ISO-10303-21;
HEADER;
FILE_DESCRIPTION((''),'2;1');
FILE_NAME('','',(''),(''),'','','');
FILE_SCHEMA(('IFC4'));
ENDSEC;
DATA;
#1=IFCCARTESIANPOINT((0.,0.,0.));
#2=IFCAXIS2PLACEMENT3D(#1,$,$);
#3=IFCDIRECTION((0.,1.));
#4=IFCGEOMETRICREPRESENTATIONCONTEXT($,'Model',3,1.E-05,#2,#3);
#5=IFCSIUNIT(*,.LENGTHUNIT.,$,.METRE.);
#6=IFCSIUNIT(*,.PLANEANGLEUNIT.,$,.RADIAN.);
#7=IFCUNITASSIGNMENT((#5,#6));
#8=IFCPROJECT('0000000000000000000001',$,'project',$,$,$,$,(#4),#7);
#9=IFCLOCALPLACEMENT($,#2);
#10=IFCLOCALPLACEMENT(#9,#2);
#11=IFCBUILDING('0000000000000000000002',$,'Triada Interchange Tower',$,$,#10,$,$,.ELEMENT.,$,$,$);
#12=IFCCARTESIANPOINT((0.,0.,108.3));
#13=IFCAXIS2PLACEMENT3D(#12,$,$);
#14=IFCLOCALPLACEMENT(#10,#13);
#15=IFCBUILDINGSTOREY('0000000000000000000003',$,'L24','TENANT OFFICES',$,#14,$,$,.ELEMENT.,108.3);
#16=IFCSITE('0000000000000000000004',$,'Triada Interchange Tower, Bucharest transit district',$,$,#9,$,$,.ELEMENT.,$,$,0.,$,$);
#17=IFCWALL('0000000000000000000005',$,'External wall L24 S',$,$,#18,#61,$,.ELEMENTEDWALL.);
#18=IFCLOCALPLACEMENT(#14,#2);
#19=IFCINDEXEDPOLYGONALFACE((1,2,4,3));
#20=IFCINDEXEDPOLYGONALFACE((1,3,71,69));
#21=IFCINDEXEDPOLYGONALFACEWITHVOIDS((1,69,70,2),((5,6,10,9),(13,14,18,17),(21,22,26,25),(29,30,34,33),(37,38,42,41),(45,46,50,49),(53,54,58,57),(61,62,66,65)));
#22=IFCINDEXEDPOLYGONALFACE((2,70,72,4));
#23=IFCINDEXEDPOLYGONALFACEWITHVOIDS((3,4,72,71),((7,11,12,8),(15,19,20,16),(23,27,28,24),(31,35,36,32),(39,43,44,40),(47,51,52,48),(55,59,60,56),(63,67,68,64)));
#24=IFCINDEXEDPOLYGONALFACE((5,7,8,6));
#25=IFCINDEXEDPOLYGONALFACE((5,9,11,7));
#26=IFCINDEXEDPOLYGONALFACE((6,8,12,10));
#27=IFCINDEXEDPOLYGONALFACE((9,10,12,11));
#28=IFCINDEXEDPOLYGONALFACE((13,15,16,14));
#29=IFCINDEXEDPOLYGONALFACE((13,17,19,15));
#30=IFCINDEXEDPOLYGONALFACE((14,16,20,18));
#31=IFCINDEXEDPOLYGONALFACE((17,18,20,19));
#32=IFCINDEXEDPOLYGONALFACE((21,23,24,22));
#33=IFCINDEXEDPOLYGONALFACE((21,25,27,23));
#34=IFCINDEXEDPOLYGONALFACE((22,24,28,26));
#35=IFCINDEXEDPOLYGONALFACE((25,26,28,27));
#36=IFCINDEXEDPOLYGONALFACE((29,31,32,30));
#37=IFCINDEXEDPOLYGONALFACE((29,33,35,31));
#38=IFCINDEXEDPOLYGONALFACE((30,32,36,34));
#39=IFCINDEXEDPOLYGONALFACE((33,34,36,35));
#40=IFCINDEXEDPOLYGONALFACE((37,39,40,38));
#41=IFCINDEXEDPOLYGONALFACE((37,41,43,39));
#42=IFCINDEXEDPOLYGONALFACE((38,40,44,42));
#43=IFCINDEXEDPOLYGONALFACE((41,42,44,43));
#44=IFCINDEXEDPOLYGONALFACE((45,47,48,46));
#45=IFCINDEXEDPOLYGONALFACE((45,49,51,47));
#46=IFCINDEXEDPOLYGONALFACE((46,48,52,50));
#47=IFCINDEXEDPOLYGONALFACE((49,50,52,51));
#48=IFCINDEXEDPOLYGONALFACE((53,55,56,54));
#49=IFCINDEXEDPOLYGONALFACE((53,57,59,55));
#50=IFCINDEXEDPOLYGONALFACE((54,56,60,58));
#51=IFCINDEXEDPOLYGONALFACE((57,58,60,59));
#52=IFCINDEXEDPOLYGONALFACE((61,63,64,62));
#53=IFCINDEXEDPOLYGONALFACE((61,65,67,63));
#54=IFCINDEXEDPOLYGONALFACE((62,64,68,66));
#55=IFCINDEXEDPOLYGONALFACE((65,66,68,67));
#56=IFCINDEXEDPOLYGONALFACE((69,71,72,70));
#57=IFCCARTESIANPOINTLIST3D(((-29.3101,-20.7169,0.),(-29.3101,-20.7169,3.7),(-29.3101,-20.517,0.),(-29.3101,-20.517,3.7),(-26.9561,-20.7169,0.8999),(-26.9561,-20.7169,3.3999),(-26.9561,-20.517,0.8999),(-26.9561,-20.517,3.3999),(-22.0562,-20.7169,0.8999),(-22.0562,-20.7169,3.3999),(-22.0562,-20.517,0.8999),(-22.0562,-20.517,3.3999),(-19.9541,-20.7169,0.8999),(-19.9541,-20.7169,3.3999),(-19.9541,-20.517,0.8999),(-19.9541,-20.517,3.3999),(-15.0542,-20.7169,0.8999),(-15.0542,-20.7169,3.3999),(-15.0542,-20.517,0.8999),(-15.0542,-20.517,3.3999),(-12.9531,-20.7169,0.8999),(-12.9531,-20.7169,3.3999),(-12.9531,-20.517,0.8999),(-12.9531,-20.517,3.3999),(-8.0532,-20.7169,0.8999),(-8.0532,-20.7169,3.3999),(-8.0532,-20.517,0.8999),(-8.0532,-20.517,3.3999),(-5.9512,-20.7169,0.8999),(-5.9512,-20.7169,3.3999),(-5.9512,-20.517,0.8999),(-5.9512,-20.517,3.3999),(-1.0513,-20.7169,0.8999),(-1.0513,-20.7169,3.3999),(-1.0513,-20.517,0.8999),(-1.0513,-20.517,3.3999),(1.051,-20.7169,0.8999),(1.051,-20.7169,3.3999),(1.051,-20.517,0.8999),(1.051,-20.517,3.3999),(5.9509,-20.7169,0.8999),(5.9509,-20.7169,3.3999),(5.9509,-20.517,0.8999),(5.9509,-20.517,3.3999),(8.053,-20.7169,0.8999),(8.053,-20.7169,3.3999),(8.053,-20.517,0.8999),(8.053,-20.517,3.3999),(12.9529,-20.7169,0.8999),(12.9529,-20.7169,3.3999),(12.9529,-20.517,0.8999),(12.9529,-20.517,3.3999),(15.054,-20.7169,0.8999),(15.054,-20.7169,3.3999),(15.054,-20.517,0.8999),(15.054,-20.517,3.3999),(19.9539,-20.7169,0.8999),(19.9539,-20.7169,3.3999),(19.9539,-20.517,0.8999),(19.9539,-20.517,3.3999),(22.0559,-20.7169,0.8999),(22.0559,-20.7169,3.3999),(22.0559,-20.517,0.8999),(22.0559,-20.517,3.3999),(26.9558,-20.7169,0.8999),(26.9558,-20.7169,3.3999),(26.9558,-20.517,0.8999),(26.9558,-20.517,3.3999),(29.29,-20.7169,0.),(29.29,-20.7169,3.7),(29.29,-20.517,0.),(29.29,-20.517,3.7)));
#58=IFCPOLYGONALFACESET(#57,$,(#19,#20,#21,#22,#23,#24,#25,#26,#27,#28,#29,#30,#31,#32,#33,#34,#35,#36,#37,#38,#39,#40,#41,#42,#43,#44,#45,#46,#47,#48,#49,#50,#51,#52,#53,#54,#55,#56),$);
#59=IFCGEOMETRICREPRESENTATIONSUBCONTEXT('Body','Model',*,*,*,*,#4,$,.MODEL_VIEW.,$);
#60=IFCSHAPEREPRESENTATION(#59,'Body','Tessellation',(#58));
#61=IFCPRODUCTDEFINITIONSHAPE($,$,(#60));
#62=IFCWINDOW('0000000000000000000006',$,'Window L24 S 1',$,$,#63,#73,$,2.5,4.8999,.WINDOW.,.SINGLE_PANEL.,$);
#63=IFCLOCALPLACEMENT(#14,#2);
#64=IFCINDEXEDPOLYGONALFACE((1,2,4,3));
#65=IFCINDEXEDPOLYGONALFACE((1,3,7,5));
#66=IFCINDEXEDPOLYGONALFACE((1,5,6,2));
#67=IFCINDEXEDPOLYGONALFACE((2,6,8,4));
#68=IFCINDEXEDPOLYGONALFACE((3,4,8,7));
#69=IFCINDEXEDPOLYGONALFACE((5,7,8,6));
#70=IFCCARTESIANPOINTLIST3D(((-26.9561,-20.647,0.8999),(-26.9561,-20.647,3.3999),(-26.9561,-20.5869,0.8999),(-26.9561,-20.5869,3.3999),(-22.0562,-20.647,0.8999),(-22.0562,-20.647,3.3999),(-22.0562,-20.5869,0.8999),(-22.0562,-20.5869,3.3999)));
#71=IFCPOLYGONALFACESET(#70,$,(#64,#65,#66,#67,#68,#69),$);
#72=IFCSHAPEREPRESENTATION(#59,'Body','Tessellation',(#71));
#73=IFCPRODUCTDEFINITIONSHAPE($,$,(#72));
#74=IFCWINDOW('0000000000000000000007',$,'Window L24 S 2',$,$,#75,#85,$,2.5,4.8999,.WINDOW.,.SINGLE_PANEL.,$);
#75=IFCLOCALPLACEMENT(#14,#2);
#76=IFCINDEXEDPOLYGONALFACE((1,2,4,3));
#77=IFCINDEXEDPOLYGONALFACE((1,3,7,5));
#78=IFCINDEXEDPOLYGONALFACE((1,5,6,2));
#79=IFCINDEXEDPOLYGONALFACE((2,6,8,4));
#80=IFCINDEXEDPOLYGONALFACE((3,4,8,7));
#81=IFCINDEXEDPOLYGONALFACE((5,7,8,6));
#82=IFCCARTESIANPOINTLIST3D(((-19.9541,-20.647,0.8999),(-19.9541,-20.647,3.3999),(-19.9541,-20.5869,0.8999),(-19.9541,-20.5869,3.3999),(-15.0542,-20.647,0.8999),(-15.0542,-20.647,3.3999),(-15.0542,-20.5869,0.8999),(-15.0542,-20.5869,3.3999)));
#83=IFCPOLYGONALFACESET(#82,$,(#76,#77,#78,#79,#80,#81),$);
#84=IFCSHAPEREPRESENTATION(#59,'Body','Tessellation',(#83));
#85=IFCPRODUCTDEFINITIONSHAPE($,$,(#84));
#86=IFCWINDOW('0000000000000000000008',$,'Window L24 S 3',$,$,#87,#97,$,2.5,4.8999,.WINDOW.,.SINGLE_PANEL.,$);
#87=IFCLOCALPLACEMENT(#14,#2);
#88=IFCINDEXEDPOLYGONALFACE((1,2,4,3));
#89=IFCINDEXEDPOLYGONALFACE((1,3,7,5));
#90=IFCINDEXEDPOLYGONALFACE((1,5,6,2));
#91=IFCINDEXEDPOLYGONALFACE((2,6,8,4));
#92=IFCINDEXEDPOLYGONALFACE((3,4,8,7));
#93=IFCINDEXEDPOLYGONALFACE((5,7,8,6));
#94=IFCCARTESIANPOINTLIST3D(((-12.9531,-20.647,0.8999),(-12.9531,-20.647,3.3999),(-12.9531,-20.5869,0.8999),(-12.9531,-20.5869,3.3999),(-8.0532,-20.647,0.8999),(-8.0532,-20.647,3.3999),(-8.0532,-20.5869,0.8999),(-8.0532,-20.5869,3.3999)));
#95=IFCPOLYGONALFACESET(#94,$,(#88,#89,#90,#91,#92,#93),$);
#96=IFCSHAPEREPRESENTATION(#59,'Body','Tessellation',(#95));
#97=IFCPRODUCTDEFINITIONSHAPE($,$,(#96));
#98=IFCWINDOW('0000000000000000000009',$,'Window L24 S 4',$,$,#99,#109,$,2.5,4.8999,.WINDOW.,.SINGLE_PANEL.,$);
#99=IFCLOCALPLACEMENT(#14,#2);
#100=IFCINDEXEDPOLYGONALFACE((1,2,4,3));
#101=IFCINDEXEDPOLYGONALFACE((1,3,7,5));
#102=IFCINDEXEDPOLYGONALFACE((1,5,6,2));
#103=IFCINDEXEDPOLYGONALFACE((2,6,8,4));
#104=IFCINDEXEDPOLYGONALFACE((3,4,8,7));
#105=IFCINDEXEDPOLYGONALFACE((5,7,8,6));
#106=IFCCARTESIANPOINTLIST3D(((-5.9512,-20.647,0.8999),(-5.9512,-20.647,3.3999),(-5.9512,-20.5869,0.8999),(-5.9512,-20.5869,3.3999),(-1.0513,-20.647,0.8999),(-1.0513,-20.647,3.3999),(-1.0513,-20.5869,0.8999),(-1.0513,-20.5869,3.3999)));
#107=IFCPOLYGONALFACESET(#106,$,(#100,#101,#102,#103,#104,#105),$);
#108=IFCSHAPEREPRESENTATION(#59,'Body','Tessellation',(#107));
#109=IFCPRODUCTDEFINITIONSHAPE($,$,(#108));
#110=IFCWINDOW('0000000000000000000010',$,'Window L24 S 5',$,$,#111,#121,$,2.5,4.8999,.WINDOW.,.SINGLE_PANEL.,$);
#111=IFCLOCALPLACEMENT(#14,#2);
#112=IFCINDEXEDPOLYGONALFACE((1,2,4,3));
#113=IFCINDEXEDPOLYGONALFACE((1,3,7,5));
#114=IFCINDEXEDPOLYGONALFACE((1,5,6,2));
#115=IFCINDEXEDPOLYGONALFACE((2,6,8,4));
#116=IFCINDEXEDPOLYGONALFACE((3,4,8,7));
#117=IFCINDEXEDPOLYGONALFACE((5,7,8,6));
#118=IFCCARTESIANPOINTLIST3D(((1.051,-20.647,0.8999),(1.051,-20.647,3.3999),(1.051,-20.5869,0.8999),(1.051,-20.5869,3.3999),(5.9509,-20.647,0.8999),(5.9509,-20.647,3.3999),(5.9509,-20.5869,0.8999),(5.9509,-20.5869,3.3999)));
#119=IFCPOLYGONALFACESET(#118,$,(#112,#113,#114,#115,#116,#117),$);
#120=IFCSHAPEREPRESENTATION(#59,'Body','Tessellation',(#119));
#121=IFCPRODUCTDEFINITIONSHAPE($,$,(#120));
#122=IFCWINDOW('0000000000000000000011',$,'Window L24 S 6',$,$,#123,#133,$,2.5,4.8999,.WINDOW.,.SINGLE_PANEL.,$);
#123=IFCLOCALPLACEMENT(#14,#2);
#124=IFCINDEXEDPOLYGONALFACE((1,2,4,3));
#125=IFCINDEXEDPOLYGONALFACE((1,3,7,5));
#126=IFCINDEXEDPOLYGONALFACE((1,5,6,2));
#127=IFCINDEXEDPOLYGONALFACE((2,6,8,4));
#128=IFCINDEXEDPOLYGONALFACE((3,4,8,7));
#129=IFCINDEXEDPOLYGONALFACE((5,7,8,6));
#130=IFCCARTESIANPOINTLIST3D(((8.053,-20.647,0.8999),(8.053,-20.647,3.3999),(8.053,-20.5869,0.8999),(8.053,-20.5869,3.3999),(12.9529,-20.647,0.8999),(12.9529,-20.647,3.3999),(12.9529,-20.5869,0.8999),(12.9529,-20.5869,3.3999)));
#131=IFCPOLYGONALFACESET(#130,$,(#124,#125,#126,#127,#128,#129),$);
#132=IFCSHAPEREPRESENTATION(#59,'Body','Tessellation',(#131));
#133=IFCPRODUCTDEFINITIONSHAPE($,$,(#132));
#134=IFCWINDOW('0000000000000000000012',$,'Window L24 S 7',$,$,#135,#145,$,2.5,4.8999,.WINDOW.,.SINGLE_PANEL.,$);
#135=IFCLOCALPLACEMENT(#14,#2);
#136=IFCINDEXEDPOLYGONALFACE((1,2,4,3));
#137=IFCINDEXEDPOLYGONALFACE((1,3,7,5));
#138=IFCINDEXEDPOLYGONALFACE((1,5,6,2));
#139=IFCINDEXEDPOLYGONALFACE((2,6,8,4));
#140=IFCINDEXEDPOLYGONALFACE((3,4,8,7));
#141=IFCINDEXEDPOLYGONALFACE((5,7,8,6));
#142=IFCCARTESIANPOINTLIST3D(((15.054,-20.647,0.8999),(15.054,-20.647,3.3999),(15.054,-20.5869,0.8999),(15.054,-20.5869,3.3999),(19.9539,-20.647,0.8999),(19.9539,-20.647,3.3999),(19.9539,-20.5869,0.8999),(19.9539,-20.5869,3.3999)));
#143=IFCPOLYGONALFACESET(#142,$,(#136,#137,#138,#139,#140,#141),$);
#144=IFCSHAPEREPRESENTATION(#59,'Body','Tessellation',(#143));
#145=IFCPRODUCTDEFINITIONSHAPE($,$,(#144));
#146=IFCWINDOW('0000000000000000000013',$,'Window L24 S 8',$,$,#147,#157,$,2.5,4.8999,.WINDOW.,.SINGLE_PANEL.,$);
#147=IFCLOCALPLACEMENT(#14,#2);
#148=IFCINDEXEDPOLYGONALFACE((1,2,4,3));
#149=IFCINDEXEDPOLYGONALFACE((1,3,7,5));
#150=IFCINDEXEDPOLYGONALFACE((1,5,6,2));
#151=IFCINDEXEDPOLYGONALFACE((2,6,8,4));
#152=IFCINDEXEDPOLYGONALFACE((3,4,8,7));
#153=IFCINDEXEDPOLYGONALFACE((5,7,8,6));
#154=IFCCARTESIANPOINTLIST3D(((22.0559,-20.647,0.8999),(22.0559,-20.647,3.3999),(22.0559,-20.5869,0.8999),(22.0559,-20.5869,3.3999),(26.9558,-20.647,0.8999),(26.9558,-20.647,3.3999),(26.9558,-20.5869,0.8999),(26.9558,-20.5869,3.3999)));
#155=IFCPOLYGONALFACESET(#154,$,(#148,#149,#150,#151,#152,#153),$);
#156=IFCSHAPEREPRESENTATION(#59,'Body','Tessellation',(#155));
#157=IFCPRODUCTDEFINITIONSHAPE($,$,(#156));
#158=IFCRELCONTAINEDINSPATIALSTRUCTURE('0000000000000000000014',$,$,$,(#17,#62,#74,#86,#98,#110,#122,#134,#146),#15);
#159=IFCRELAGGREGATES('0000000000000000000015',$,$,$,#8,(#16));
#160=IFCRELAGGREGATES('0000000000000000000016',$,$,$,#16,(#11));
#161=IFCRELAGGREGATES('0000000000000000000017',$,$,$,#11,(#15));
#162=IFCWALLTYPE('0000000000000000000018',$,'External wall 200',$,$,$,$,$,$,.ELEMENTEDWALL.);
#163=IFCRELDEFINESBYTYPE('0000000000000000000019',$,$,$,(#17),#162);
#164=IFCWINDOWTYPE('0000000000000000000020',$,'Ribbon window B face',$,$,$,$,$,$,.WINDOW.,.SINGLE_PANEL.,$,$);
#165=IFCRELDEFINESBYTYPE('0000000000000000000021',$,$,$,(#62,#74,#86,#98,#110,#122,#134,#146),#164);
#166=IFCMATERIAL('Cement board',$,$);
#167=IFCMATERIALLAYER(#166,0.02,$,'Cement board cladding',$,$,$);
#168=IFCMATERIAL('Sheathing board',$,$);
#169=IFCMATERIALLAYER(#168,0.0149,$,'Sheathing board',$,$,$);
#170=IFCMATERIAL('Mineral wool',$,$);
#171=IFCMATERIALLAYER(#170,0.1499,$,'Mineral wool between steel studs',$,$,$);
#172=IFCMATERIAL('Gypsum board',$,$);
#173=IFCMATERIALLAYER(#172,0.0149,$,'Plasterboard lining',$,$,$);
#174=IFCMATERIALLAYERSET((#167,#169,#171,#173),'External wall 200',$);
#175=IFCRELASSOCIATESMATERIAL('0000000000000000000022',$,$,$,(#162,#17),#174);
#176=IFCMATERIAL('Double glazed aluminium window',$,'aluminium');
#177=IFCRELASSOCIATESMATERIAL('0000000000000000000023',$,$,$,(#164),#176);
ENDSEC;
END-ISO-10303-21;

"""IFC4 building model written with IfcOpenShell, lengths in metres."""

from ifc_helpers import new_model, si_unit, direction, frame, frame_2d, origin, place, context, subcontext, project, spatial, rectangle, extrude, material, layer, layer_set, layer_usage, type_object, element, fill, save


model = new_model("IFC4")

# Units and contexts
model_context = context("Model", 3, precision=1e-05, world=origin(), true_north=direction((0.0, 1.0)))
body_context = subcontext(model_context, "Body", "Model", "MODEL_VIEW")
ifc_project = project(units=[si_unit("LENGTHUNIT", "METRE"), si_unit("PLANEANGLEUNIT", "RADIAN")], contexts=[model_context])

# Site, building, storey
site_placement = place(None, origin())
site = spatial("IfcSite", under=ifc_project, at=site_placement, Name="Triada Interchange Tower, Bucharest transit district", CompositionType="ELEMENT", RefElevation=0.0)
building_placement = place(site_placement, origin())
building = spatial("IfcBuilding", under=site, at=building_placement, Name="Triada Interchange Tower", CompositionType="ELEMENT")
storey_placement = place(building_placement, frame((0.0, 0.0, 108.3)))
storey = spatial("IfcBuildingStorey", under=building, at=storey_placement, Name="L24", Description="TENANT OFFICES", CompositionType="ELEMENT", Elevation=108.3)

# Wall, openings, windows
ifc_material_1 = material(Name="Cement board")
ifc_layer_1 = layer(ifc_material_1, 0.02, Name="Cement board cladding")
ifc_material_2 = material(Name="Sheathing board")
ifc_layer_2 = layer(ifc_material_2, 0.0149, Name="Sheathing board")
ifc_material_3 = material(Name="Mineral wool")
ifc_layer_3 = layer(ifc_material_3, 0.1499, Name="Mineral wool between steel studs")
ifc_material_4 = material(Name="Gypsum board")
ifc_layer_4 = layer(ifc_material_4, 0.0149, Name="Plasterboard lining")
ifc_layer_set_1 = layer_set([ifc_layer_1, ifc_layer_2, ifc_layer_3, ifc_layer_4], Name="External wall 200")
ifc_layer_usage = layer_usage(ifc_layer_set_1, "AXIS2", "POSITIVE", -0.1001)
wall_type_1 = type_object("IfcWallType", Name="External wall 200", PredefinedType="ELEMENTEDWALL", material=ifc_layer_set_1)
wall_1_placement = place(storey_placement, frame((-29.3101, -20.6169, 0.0), z_axis=(0.0, 0.0, 1.0), x_axis=(1.0, 0.0, 0.0)))
wall_1 = element("IfcWall", 1, at=wall_1_placement, inside=storey, type_object=wall_type_1, material=ifc_layer_usage, Name="External wall L24 S", PredefinedType="ELEMENTEDWALL", context=body_context, shape_type="SweptSolid", body=[
    extrude(rectangle(XDim=58.6001, YDim=0.2, at=frame_2d((29.3, 0.0))), origin(), (0.0, 0.0, 1.0), 3.7),
])
opening_1_placement = place(wall_1_placement, frame((2.354, 0.0, 0.8999)))
opening_1 = element("IfcOpeningElement", 2, at=opening_1_placement, cuts=wall_1, PredefinedType="OPENING", context=body_context, shape_type="SweptSolid", body=[
    extrude(rectangle(XDim=4.8999, YDim=2.5, at=frame_2d((2.45, 1.25))), frame((0.0, 0.1099, 0.0), z_axis=(0.0, -1.0, 0.0), x_axis=(1.0, 0.0, 0.0)), (0.0, 0.0, 1.0), 0.22),
])
opening_2_placement = place(wall_1_placement, frame((9.356, 0.0, 0.8999)))
opening_2 = element("IfcOpeningElement", 3, at=opening_2_placement, cuts=wall_1, PredefinedType="OPENING", context=body_context, shape_type="SweptSolid", body=[
    extrude(rectangle(XDim=4.8999, YDim=2.5, at=frame_2d((2.45, 1.25))), frame((0.0, 0.1099, 0.0), z_axis=(0.0, -1.0, 0.0), x_axis=(1.0, 0.0, 0.0)), (0.0, 0.0, 1.0), 0.22),
])
opening_3_placement = place(wall_1_placement, frame((16.3569, 0.0, 0.8999)))
opening_3 = element("IfcOpeningElement", 4, at=opening_3_placement, cuts=wall_1, PredefinedType="OPENING", context=body_context, shape_type="SweptSolid", body=[
    extrude(rectangle(XDim=4.8999, YDim=2.5, at=frame_2d((2.45, 1.25))), frame((0.0, 0.1099, 0.0), z_axis=(0.0, -1.0, 0.0), x_axis=(1.0, 0.0, 0.0)), (0.0, 0.0, 1.0), 0.22),
])
opening_4_placement = place(wall_1_placement, frame((23.3589, 0.0, 0.8999)))
opening_4 = element("IfcOpeningElement", 5, at=opening_4_placement, cuts=wall_1, PredefinedType="OPENING", context=body_context, shape_type="SweptSolid", body=[
    extrude(rectangle(XDim=4.8999, YDim=2.5, at=frame_2d((2.45, 1.25))), frame((0.0, 0.1099, 0.0), z_axis=(0.0, -1.0, 0.0), x_axis=(1.0, 0.0, 0.0)), (0.0, 0.0, 1.0), 0.22),
])
opening_5_placement = place(wall_1_placement, frame((30.3611, 0.0, 0.8999)))
opening_5 = element("IfcOpeningElement", 6, at=opening_5_placement, cuts=wall_1, PredefinedType="OPENING", context=body_context, shape_type="SweptSolid", body=[
    extrude(rectangle(XDim=4.8999, YDim=2.5, at=frame_2d((2.45, 1.25))), frame((0.0, 0.1099, 0.0), z_axis=(0.0, -1.0, 0.0), x_axis=(1.0, 0.0, 0.0)), (0.0, 0.0, 1.0), 0.22),
])
opening_6_placement = place(wall_1_placement, frame((37.363, 0.0, 0.8999)))
opening_6 = element("IfcOpeningElement", 7, at=opening_6_placement, cuts=wall_1, PredefinedType="OPENING", context=body_context, shape_type="SweptSolid", body=[
    extrude(rectangle(XDim=4.8999, YDim=2.5, at=frame_2d((2.45, 1.25))), frame((0.0, 0.1099, 0.0), z_axis=(0.0, -1.0, 0.0), x_axis=(1.0, 0.0, 0.0)), (0.0, 0.0, 1.0), 0.22),
])
opening_7_placement = place(wall_1_placement, frame((44.364, 0.0, 0.8999)))
opening_7 = element("IfcOpeningElement", 8, at=opening_7_placement, cuts=wall_1, PredefinedType="OPENING", context=body_context, shape_type="SweptSolid", body=[
    extrude(rectangle(XDim=4.8999, YDim=2.5, at=frame_2d((2.45, 1.25))), frame((0.0, 0.1099, 0.0), z_axis=(0.0, -1.0, 0.0), x_axis=(1.0, 0.0, 0.0)), (0.0, 0.0, 1.0), 0.22),
])
opening_8_placement = place(wall_1_placement, frame((51.366, 0.0, 0.8999)))
opening_8 = element("IfcOpeningElement", 9, at=opening_8_placement, cuts=wall_1, PredefinedType="OPENING", context=body_context, shape_type="SweptSolid", body=[
    extrude(rectangle(XDim=4.8999, YDim=2.5, at=frame_2d((2.45, 1.25))), frame((0.0, 0.1099, 0.0), z_axis=(0.0, -1.0, 0.0), x_axis=(1.0, 0.0, 0.0)), (0.0, 0.0, 1.0), 0.22),
])
ifc_material_5 = material(Name="Double glazed aluminium window", Category="aluminium")
window_type = type_object("IfcWindowType", Name="Ribbon window B face", PartitioningType="SINGLE_PANEL", PredefinedType="WINDOW", material=ifc_material_5)
window_1_placement = place(opening_1_placement, origin())
window_1 = element("IfcWindow", 10, at=window_1_placement, inside=storey, type_object=window_type, Name="Window L24 S 1", OverallHeight=2.5, OverallWidth=4.8999, PartitioningType="SINGLE_PANEL", PredefinedType="WINDOW", context=body_context, shape_type="SweptSolid", body=[
    extrude(rectangle(XDim=4.8999, YDim=2.5, at=frame_2d((2.45, 1.25))), frame((0.0, 0.03, 0.0), z_axis=(0.0, -1.0, 0.0), x_axis=(1.0, 0.0, 0.0)), (0.0, 0.0, 1.0), 0.0601),
])
fill(opening_1, window_1)
window_2_placement = place(opening_2_placement, origin())
window_2 = element("IfcWindow", 11, at=window_2_placement, inside=storey, type_object=window_type, Name="Window L24 S 2", OverallHeight=2.5, OverallWidth=4.8999, PartitioningType="SINGLE_PANEL", PredefinedType="WINDOW", context=body_context, shape_type="SweptSolid", body=[
    extrude(rectangle(XDim=4.8999, YDim=2.5, at=frame_2d((2.45, 1.25))), frame((0.0, 0.03, 0.0), z_axis=(0.0, -1.0, 0.0), x_axis=(1.0, 0.0, 0.0)), (0.0, 0.0, 1.0), 0.0601),
])
fill(opening_2, window_2)
window_3_placement = place(opening_3_placement, origin())
window_3 = element("IfcWindow", 12, at=window_3_placement, inside=storey, type_object=window_type, Name="Window L24 S 3", OverallHeight=2.5, OverallWidth=4.8999, PartitioningType="SINGLE_PANEL", PredefinedType="WINDOW", context=body_context, shape_type="SweptSolid", body=[
    extrude(rectangle(XDim=4.8999, YDim=2.5, at=frame_2d((2.45, 1.25))), frame((0.0, 0.03, 0.0), z_axis=(0.0, -1.0, 0.0), x_axis=(1.0, 0.0, 0.0)), (0.0, 0.0, 1.0), 0.0601),
])
fill(opening_3, window_3)
window_4_placement = place(opening_4_placement, origin())
window_4 = element("IfcWindow", 13, at=window_4_placement, inside=storey, type_object=window_type, Name="Window L24 S 4", OverallHeight=2.5, OverallWidth=4.8999, PartitioningType="SINGLE_PANEL", PredefinedType="WINDOW", context=body_context, shape_type="SweptSolid", body=[
    extrude(rectangle(XDim=4.8999, YDim=2.5, at=frame_2d((2.45, 1.25))), frame((0.0, 0.03, 0.0), z_axis=(0.0, -1.0, 0.0), x_axis=(1.0, 0.0, 0.0)), (0.0, 0.0, 1.0), 0.0601),
])
fill(opening_4, window_4)
window_5_placement = place(opening_5_placement, origin())
window_5 = element("IfcWindow", 14, at=window_5_placement, inside=storey, type_object=window_type, Name="Window L24 S 5", OverallHeight=2.5, OverallWidth=4.8999, PartitioningType="SINGLE_PANEL", PredefinedType="WINDOW", context=body_context, shape_type="SweptSolid", body=[
    extrude(rectangle(XDim=4.8999, YDim=2.5, at=frame_2d((2.45, 1.25))), frame((0.0, 0.03, 0.0), z_axis=(0.0, -1.0, 0.0), x_axis=(1.0, 0.0, 0.0)), (0.0, 0.0, 1.0), 0.0601),
])
fill(opening_5, window_5)
window_6_placement = place(opening_6_placement, origin())
window_6 = element("IfcWindow", 15, at=window_6_placement, inside=storey, type_object=window_type, Name="Window L24 S 6", OverallHeight=2.5, OverallWidth=4.8999, PartitioningType="SINGLE_PANEL", PredefinedType="WINDOW", context=body_context, shape_type="SweptSolid", body=[
    extrude(rectangle(XDim=4.8999, YDim=2.5, at=frame_2d((2.45, 1.25))), frame((0.0, 0.03, 0.0), z_axis=(0.0, -1.0, 0.0), x_axis=(1.0, 0.0, 0.0)), (0.0, 0.0, 1.0), 0.0601),
])
fill(opening_6, window_6)
window_7_placement = place(opening_7_placement, origin())
window_7 = element("IfcWindow", 16, at=window_7_placement, inside=storey, type_object=window_type, Name="Window L24 S 7", OverallHeight=2.5, OverallWidth=4.8999, PartitioningType="SINGLE_PANEL", PredefinedType="WINDOW", context=body_context, shape_type="SweptSolid", body=[
    extrude(rectangle(XDim=4.8999, YDim=2.5, at=frame_2d((2.45, 1.25))), frame((0.0, 0.03, 0.0), z_axis=(0.0, -1.0, 0.0), x_axis=(1.0, 0.0, 0.0)), (0.0, 0.0, 1.0), 0.0601),
])
fill(opening_7, window_7)
window_8_placement = place(opening_8_placement, origin())
window_8 = element("IfcWindow", 17, at=window_8_placement, inside=storey, type_object=window_type, Name="Window L24 S 8", OverallHeight=2.5, OverallWidth=4.8999, PartitioningType="SINGLE_PANEL", PredefinedType="WINDOW", context=body_context, shape_type="SweptSolid", body=[
    extrude(rectangle(XDim=4.8999, YDim=2.5, at=frame_2d((2.45, 1.25))), frame((0.0, 0.03, 0.0), z_axis=(0.0, -1.0, 0.0), x_axis=(1.0, 0.0, 0.0)), (0.0, 0.0, 1.0), 0.0601),
])
fill(opening_8, window_8)

save(model, "model.ifc")
